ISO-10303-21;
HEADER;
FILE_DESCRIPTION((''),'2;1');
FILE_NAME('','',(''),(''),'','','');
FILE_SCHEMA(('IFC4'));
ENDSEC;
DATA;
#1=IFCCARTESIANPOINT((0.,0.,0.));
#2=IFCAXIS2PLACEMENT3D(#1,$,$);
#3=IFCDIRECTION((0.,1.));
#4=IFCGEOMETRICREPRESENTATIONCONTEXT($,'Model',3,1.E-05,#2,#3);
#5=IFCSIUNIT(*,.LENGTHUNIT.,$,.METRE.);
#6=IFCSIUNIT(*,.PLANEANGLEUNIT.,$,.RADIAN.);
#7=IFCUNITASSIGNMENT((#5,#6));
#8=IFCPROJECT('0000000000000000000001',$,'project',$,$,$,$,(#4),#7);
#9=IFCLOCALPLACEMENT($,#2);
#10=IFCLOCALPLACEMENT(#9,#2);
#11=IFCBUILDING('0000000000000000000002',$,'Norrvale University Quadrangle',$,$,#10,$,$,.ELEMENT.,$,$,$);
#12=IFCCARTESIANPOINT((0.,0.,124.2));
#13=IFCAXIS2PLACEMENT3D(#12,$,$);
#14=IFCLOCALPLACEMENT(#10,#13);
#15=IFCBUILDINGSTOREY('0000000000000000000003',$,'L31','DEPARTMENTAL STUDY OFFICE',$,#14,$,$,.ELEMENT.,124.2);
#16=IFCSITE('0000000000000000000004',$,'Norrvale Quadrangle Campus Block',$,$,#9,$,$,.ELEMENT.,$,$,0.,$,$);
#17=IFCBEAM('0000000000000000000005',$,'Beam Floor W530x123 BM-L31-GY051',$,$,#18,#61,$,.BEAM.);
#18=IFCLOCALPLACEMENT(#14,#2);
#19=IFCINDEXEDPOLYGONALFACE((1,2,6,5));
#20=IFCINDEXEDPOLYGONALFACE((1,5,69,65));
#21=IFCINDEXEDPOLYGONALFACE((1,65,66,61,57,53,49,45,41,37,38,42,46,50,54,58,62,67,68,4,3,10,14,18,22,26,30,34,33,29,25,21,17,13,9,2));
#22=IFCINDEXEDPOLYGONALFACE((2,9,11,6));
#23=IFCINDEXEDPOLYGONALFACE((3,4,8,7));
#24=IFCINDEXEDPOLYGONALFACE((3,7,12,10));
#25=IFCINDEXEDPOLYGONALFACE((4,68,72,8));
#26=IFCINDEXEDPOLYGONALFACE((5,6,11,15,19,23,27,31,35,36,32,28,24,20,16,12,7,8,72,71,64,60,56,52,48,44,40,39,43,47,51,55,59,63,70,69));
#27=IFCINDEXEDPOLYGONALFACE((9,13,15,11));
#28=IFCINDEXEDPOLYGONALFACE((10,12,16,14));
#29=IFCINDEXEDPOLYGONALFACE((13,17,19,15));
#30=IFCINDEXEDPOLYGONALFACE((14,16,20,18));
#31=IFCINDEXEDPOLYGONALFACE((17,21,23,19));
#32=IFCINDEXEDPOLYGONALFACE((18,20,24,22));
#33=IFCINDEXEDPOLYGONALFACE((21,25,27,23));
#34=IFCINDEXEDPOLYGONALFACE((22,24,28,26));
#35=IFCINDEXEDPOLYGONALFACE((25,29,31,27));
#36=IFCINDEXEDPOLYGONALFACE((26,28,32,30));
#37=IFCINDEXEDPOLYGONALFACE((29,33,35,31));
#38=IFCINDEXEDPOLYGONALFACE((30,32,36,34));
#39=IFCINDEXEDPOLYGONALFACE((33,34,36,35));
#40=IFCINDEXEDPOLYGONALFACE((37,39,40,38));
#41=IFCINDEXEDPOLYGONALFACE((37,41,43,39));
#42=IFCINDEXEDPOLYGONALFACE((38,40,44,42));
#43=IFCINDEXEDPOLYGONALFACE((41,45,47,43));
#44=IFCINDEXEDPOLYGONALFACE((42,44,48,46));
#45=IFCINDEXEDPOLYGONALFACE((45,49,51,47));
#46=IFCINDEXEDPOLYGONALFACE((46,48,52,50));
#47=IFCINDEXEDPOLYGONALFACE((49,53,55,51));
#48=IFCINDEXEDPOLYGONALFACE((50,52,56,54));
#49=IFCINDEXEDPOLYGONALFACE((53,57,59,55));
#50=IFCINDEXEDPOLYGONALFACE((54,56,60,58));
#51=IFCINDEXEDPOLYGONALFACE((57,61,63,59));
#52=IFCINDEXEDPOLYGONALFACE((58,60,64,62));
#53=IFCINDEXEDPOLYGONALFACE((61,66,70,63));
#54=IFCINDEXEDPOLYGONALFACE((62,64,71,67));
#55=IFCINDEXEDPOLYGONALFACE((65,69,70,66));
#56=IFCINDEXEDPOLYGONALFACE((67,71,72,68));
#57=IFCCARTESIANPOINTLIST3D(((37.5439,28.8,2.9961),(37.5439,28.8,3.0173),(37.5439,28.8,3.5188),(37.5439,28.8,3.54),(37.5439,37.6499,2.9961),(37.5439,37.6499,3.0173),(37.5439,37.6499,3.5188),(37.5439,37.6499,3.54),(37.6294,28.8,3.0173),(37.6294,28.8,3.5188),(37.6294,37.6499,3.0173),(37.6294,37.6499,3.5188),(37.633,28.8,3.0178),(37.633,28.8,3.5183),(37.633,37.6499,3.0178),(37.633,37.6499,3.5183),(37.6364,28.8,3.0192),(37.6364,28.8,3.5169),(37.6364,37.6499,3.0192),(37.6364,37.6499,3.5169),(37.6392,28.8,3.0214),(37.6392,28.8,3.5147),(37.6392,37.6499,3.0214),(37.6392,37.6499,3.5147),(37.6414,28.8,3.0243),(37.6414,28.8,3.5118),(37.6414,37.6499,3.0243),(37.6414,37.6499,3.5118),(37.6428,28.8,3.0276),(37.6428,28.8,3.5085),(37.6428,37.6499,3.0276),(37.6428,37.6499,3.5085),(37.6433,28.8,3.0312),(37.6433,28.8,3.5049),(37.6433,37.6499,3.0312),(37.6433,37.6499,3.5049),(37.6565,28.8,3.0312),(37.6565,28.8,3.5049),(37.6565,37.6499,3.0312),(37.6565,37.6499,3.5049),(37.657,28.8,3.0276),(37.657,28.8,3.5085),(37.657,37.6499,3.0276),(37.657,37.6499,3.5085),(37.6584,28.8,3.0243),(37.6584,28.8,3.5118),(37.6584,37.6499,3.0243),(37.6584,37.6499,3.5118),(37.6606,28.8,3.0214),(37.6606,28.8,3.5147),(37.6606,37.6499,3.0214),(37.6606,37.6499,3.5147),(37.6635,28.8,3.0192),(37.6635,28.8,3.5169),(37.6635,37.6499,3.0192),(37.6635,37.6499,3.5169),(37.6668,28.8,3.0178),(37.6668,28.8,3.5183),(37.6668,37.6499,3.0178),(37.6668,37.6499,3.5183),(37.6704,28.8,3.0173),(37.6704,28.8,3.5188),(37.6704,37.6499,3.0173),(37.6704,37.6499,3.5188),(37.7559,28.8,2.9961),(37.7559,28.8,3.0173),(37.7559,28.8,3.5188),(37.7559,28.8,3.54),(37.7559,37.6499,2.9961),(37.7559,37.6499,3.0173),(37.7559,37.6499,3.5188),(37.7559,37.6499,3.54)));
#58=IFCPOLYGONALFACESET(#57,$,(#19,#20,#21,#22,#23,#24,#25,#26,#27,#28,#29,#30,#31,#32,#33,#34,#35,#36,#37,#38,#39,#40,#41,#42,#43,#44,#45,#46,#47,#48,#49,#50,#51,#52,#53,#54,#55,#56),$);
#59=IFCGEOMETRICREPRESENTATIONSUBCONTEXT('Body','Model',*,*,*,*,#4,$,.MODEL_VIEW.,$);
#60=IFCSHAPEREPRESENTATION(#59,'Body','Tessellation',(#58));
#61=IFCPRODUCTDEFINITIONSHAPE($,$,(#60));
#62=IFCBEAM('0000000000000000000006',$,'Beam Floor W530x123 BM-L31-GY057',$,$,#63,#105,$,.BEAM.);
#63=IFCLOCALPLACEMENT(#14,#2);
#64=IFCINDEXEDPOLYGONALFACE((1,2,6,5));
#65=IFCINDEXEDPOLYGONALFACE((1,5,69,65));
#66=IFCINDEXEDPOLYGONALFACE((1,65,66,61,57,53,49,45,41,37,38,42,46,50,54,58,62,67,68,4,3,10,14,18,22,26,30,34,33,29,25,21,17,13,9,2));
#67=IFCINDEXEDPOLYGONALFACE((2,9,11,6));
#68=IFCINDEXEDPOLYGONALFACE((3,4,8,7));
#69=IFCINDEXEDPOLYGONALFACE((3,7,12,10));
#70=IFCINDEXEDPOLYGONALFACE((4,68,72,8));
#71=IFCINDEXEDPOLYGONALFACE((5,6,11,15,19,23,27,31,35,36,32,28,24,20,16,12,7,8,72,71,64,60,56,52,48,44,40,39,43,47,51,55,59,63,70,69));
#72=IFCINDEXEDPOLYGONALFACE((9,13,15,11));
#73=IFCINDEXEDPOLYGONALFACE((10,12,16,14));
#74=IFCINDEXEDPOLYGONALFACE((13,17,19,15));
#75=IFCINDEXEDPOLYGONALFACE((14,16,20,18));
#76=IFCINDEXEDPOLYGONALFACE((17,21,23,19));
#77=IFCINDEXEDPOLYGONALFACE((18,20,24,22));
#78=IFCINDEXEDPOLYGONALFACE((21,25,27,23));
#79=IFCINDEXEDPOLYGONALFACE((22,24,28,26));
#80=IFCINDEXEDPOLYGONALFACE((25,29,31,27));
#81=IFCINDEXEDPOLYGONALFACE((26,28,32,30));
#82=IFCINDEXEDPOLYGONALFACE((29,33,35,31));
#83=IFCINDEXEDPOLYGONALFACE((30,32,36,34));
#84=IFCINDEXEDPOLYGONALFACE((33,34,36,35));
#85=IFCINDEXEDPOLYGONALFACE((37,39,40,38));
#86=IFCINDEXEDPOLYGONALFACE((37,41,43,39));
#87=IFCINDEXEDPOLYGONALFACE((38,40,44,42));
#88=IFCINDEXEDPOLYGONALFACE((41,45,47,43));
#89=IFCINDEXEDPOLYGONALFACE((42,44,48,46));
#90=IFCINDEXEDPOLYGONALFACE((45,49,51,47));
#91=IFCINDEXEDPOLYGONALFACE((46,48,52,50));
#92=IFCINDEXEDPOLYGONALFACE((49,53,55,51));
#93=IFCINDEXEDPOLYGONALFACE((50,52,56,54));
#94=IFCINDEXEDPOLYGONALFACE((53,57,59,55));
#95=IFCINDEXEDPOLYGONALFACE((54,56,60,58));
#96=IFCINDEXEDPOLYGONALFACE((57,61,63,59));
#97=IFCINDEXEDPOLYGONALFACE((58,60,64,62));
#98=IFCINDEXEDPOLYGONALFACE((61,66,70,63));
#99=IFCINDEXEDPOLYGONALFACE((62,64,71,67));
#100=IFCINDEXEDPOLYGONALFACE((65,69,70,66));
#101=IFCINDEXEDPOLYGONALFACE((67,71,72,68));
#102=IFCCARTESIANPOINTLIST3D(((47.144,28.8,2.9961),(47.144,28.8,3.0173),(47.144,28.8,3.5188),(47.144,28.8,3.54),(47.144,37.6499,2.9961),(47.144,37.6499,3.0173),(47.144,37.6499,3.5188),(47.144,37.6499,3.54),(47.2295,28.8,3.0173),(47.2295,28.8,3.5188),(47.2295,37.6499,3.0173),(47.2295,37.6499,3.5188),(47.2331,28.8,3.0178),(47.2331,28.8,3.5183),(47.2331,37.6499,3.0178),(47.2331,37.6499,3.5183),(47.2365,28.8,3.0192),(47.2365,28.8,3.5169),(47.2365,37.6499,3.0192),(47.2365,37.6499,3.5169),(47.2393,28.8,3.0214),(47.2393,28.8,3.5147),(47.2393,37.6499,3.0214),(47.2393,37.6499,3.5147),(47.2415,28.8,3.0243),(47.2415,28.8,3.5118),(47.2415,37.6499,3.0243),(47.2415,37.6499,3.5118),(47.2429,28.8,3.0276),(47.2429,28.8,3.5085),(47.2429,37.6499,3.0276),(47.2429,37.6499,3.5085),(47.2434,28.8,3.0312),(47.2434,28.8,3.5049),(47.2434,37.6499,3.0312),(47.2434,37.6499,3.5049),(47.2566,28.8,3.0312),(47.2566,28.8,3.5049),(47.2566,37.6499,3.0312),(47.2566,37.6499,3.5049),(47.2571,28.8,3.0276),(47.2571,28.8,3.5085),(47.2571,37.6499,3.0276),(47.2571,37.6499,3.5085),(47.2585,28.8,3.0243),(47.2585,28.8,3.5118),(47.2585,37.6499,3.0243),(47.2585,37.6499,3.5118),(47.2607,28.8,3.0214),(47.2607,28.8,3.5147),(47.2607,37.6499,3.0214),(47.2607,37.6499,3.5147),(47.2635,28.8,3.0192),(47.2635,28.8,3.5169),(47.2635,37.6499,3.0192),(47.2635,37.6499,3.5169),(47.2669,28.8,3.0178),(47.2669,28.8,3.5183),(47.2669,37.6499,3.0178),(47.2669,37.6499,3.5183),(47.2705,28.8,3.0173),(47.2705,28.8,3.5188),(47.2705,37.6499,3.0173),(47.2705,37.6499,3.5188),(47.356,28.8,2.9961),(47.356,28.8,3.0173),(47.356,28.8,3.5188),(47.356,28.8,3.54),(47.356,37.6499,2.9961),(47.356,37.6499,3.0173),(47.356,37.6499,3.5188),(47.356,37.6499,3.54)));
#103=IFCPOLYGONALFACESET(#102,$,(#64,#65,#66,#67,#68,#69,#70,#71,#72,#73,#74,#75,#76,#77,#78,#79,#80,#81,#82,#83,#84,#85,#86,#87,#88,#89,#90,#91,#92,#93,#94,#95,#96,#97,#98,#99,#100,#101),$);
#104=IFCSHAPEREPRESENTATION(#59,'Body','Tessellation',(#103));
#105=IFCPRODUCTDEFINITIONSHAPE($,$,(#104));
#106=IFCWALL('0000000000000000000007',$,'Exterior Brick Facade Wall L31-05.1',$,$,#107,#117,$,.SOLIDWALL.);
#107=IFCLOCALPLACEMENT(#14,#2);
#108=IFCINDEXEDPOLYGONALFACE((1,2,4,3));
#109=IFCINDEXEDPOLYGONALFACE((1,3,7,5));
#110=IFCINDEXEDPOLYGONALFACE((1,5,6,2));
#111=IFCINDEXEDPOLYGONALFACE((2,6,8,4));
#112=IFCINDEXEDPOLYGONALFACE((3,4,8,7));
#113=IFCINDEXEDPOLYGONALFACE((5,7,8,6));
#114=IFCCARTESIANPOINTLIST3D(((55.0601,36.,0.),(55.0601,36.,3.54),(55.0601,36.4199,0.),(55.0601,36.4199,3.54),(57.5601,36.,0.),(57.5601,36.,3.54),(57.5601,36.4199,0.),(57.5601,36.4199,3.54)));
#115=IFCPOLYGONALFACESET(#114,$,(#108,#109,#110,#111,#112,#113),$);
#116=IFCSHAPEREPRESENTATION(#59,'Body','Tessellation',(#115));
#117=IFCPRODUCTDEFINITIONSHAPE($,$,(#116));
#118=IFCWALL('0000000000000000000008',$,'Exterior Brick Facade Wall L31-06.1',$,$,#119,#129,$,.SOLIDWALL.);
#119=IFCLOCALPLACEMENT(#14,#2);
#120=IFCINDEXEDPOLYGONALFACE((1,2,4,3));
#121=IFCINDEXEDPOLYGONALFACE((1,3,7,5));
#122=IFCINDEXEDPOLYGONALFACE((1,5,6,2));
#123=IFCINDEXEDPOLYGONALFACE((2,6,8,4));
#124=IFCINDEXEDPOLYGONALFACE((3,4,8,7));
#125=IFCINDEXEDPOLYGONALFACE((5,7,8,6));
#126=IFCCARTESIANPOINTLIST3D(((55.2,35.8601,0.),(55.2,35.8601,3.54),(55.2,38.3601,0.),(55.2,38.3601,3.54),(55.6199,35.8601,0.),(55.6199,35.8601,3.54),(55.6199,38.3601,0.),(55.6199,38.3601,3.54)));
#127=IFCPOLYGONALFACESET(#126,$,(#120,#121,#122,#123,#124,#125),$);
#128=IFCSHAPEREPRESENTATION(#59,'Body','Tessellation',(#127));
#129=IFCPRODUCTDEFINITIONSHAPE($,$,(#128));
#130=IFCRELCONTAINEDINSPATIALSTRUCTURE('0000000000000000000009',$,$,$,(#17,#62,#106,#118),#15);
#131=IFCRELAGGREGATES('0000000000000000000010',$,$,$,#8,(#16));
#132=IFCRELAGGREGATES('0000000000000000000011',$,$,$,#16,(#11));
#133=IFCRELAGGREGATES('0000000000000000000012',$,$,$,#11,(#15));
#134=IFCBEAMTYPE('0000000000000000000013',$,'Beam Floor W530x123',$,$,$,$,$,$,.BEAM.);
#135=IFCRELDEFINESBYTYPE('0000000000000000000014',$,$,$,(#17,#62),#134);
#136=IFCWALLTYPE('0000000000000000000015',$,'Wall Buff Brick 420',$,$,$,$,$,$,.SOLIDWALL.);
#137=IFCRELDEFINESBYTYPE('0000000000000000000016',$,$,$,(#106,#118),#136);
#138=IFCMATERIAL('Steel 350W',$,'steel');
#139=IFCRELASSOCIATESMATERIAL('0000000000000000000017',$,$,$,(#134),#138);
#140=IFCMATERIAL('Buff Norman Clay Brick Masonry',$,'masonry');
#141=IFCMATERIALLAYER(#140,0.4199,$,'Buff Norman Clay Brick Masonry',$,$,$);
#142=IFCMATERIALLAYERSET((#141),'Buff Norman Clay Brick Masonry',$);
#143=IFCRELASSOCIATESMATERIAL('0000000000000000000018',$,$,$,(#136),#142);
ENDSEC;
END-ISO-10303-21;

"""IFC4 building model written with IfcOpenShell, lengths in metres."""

from ifc_helpers import new_model, si_unit, direction, frame, frame_2d, origin, origin_2d, place, context, subcontext, project, spatial, rectangle, i_section, extrude, material, layer, layer_set, material_profile, profile_set, type_object, element, save


model = new_model("IFC4")

# Units and contexts
model_context = context("Model", 3, precision=1e-05, world=origin(), true_north=direction((0.0, 1.0)))
body_context = subcontext(model_context, "Body", "Model", "MODEL_VIEW")
ifc_project = project(units=[si_unit("LENGTHUNIT", "METRE"), si_unit("PLANEANGLEUNIT", "RADIAN")], contexts=[model_context])

# Site, building, storey
site_placement = place(None, origin())
site = spatial("IfcSite", under=ifc_project, at=site_placement, Name="Norrvale Quadrangle Campus Block", CompositionType="ELEMENT", RefElevation=0.0)
building_placement = place(site_placement, origin())
building = spatial("IfcBuilding", under=site, at=building_placement, Name="Norrvale University Quadrangle", CompositionType="ELEMENT")
storey_placement = place(building_placement, frame((0.0, 0.0, 124.2)))
storey = spatial("IfcBuildingStorey", under=building, at=storey_placement, Name="L31", Description="DEPARTMENTAL STUDY OFFICE", CompositionType="ELEMENT", Elevation=124.2)

# Beams
ifc_material_1 = material(Name="Steel 350W", Category="steel")
ifc_material_profile_1 = material_profile(ifc_material_1, i_section(OverallWidth=0.2119, OverallDepth=0.5439, WebThickness=0.0132, FlangeThickness=0.0212, FilletRadius=0.0139, at=origin_2d()), Name="Steel 350W")
ifc_profile_set_1 = profile_set([ifc_material_profile_1], Name="Steel 350W")
beam_type_1 = type_object("IfcBeamType", Name="Beam Floor W530x123", PredefinedType="BEAM", material=ifc_profile_set_1)
for number, where, z_axis, x_axis, name in (
    (1, (37.6499, 28.8, 3.2681), (0.0, 1.0, 0.0), (-1.0, 0.0, 0.0), "Beam Floor W530x123 BM-L31-GY051"),
    (2, (47.25, 28.8, 3.2681), (0.0, 1.0, 0.0), (-1.0, 0.0, 0.0), "Beam Floor W530x123 BM-L31-GY057"),
):
    element("IfcBeam", number, at=place(storey_placement, frame(where, z_axis=z_axis, x_axis=x_axis)), inside=storey, type_object=beam_type_1, Name=name, PredefinedType="BEAM", context=body_context, shape_type="SweptSolid", body=[
        extrude(i_section(OverallWidth=0.2119, OverallDepth=0.5439, WebThickness=0.0132, FlangeThickness=0.0212, FilletRadius=0.0139, at=origin_2d()), origin(), (0.0, 0.0, 1.0), 8.8499),
    ])

# Walls
ifc_material_2 = material(Name="Buff Norman Clay Brick Masonry", Category="masonry")
ifc_layer = layer(ifc_material_2, 0.4199, Name="Buff Norman Clay Brick Masonry")
ifc_layer_set = layer_set([ifc_layer], Name="Buff Norman Clay Brick Masonry")
wall_type = type_object("IfcWallType", Name="Wall Buff Brick 420", PredefinedType="SOLIDWALL", material=ifc_layer_set)
for number, where, z_axis, x_axis, name in (
    (3, (57.5601, 36.21, 0.0), (0.0, 0.0, 1.0), (-1.0, 0.0, 0.0), "Exterior Brick Facade Wall L31-05.1"),
    (4, (55.4099, 35.8601, 0.0), (0.0, 0.0, 1.0), (0.0, 1.0, 0.0), "Exterior Brick Facade Wall L31-06.1"),
):
    element("IfcWall", number, at=place(storey_placement, frame(where, z_axis=z_axis, x_axis=x_axis)), inside=storey, type_object=wall_type, Name=name, PredefinedType="SOLIDWALL", context=body_context, shape_type="SweptSolid", body=[
        extrude(rectangle(XDim=2.5, YDim=0.4199, at=frame_2d((1.25, 0.0))), origin(), (0.0, 0.0, 1.0), 3.54),
    ])

save(model, "model.ifc")
